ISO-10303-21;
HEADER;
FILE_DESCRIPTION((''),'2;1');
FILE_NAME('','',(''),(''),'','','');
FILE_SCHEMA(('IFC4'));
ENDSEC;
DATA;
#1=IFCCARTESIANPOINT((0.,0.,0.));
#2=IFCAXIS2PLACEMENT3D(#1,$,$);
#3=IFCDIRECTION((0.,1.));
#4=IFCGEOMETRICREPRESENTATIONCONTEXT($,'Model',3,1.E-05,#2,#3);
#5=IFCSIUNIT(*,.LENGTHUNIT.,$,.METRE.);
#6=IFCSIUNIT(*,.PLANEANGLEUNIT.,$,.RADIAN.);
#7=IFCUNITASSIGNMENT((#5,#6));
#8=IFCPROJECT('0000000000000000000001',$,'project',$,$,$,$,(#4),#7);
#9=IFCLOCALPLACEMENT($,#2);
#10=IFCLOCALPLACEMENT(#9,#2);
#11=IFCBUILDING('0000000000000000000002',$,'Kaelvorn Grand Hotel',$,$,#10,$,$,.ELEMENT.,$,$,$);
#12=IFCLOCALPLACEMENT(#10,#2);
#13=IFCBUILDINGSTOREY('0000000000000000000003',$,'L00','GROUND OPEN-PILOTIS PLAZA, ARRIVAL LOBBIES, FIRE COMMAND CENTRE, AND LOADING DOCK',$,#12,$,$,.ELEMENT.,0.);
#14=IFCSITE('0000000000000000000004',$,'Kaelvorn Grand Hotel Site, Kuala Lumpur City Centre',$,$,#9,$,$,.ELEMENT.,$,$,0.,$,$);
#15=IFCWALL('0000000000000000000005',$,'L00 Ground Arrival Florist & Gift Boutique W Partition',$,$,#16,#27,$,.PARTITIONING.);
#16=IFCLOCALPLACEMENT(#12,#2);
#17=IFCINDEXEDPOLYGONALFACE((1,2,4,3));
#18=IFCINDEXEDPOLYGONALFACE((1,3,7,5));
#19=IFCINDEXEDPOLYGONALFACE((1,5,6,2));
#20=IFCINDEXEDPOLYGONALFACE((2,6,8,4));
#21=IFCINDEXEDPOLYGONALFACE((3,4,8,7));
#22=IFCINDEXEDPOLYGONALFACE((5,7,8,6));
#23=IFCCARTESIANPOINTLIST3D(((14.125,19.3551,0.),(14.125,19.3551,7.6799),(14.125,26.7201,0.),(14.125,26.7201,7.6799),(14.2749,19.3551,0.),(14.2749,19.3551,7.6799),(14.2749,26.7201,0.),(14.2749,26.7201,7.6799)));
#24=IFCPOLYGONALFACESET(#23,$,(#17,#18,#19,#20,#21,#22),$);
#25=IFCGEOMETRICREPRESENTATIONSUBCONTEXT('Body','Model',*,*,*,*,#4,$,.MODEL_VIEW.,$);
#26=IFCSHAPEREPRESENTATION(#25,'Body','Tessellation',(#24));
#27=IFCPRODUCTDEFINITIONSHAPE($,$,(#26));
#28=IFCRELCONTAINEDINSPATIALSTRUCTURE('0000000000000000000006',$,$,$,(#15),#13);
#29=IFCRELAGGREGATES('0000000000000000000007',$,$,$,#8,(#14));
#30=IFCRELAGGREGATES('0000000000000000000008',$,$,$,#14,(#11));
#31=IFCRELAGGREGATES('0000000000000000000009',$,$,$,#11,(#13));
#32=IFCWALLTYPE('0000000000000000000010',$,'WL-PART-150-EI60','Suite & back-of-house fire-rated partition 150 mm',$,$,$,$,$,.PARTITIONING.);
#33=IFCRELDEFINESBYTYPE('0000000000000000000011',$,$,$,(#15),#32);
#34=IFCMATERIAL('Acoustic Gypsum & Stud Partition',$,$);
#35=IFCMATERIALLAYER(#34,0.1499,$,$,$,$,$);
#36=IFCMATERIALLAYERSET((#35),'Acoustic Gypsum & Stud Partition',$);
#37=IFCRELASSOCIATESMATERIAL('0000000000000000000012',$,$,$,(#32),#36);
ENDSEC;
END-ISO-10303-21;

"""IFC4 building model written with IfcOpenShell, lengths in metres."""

from ifc_helpers import new_model, si_unit, direction, frame, frame_2d, origin, place, context, subcontext, project, spatial, rectangle, extrude, material, layer, layer_set, type_object, element, save


model = new_model("IFC4")

# Units and contexts
model_context = context("Model", 3, precision=1e-05, world=origin(), true_north=direction((0.0, 1.0)))
body_context = subcontext(model_context, "Body", "Model", "MODEL_VIEW")
ifc_project = project(units=[si_unit("LENGTHUNIT", "METRE"), si_unit("PLANEANGLEUNIT", "RADIAN")], contexts=[model_context])

# Site, building, storey
site_placement = place(None, origin())
site = spatial("IfcSite", under=ifc_project, at=site_placement, Name="Kaelvorn Grand Hotel Site, Kuala Lumpur City Centre", CompositionType="ELEMENT", RefElevation=0.0)
building_placement = place(site_placement, origin())
building = spatial("IfcBuilding", under=site, at=building_placement, Name="Kaelvorn Grand Hotel", CompositionType="ELEMENT")
storey_placement = place(building_placement, origin())
storey = spatial("IfcBuildingStorey", under=building, at=storey_placement, Name="L00", Description="GROUND OPEN-PILOTIS PLAZA, ARRIVAL LOBBIES, FIRE COMMAND CENTRE, AND LOADING DOCK", CompositionType="ELEMENT", Elevation=0.0)

# Shared definitions
ifc_material_1 = material(Name="Acoustic Gypsum & Stud Partition")
ifc_layer_1 = layer(ifc_material_1, 0.1499)
ifc_layer_set_1 = layer_set([ifc_layer_1], Name="Acoustic Gypsum & Stud Partition")
wall_type_1 = type_object("IfcWallType", Name="WL-PART-150-EI60", Description="Suite & back-of-house fire-rated partition 150 mm", PredefinedType="PARTITIONING", material=ifc_layer_set_1)

# Wall
wall_1_placement = place(storey_placement, frame((14.2, 19.355, 0.0), z_axis=(0.0, 0.0, 1.0), x_axis=(0.0, 1.0, 0.0)))
element("IfcWall", 1, at=wall_1_placement, inside=storey, type_object=wall_type_1, Name="L00 Ground Arrival Florist & Gift Boutique W Partition", PredefinedType="PARTITIONING", context=body_context, shape_type="SweptSolid", body=[
    extrude(rectangle(XDim=7.365, YDim=0.1499, at=frame_2d((3.6826, 0.0))), origin(), (0.0, 0.0, 1.0), 7.6799),
])

save(model, "model.ifc")
